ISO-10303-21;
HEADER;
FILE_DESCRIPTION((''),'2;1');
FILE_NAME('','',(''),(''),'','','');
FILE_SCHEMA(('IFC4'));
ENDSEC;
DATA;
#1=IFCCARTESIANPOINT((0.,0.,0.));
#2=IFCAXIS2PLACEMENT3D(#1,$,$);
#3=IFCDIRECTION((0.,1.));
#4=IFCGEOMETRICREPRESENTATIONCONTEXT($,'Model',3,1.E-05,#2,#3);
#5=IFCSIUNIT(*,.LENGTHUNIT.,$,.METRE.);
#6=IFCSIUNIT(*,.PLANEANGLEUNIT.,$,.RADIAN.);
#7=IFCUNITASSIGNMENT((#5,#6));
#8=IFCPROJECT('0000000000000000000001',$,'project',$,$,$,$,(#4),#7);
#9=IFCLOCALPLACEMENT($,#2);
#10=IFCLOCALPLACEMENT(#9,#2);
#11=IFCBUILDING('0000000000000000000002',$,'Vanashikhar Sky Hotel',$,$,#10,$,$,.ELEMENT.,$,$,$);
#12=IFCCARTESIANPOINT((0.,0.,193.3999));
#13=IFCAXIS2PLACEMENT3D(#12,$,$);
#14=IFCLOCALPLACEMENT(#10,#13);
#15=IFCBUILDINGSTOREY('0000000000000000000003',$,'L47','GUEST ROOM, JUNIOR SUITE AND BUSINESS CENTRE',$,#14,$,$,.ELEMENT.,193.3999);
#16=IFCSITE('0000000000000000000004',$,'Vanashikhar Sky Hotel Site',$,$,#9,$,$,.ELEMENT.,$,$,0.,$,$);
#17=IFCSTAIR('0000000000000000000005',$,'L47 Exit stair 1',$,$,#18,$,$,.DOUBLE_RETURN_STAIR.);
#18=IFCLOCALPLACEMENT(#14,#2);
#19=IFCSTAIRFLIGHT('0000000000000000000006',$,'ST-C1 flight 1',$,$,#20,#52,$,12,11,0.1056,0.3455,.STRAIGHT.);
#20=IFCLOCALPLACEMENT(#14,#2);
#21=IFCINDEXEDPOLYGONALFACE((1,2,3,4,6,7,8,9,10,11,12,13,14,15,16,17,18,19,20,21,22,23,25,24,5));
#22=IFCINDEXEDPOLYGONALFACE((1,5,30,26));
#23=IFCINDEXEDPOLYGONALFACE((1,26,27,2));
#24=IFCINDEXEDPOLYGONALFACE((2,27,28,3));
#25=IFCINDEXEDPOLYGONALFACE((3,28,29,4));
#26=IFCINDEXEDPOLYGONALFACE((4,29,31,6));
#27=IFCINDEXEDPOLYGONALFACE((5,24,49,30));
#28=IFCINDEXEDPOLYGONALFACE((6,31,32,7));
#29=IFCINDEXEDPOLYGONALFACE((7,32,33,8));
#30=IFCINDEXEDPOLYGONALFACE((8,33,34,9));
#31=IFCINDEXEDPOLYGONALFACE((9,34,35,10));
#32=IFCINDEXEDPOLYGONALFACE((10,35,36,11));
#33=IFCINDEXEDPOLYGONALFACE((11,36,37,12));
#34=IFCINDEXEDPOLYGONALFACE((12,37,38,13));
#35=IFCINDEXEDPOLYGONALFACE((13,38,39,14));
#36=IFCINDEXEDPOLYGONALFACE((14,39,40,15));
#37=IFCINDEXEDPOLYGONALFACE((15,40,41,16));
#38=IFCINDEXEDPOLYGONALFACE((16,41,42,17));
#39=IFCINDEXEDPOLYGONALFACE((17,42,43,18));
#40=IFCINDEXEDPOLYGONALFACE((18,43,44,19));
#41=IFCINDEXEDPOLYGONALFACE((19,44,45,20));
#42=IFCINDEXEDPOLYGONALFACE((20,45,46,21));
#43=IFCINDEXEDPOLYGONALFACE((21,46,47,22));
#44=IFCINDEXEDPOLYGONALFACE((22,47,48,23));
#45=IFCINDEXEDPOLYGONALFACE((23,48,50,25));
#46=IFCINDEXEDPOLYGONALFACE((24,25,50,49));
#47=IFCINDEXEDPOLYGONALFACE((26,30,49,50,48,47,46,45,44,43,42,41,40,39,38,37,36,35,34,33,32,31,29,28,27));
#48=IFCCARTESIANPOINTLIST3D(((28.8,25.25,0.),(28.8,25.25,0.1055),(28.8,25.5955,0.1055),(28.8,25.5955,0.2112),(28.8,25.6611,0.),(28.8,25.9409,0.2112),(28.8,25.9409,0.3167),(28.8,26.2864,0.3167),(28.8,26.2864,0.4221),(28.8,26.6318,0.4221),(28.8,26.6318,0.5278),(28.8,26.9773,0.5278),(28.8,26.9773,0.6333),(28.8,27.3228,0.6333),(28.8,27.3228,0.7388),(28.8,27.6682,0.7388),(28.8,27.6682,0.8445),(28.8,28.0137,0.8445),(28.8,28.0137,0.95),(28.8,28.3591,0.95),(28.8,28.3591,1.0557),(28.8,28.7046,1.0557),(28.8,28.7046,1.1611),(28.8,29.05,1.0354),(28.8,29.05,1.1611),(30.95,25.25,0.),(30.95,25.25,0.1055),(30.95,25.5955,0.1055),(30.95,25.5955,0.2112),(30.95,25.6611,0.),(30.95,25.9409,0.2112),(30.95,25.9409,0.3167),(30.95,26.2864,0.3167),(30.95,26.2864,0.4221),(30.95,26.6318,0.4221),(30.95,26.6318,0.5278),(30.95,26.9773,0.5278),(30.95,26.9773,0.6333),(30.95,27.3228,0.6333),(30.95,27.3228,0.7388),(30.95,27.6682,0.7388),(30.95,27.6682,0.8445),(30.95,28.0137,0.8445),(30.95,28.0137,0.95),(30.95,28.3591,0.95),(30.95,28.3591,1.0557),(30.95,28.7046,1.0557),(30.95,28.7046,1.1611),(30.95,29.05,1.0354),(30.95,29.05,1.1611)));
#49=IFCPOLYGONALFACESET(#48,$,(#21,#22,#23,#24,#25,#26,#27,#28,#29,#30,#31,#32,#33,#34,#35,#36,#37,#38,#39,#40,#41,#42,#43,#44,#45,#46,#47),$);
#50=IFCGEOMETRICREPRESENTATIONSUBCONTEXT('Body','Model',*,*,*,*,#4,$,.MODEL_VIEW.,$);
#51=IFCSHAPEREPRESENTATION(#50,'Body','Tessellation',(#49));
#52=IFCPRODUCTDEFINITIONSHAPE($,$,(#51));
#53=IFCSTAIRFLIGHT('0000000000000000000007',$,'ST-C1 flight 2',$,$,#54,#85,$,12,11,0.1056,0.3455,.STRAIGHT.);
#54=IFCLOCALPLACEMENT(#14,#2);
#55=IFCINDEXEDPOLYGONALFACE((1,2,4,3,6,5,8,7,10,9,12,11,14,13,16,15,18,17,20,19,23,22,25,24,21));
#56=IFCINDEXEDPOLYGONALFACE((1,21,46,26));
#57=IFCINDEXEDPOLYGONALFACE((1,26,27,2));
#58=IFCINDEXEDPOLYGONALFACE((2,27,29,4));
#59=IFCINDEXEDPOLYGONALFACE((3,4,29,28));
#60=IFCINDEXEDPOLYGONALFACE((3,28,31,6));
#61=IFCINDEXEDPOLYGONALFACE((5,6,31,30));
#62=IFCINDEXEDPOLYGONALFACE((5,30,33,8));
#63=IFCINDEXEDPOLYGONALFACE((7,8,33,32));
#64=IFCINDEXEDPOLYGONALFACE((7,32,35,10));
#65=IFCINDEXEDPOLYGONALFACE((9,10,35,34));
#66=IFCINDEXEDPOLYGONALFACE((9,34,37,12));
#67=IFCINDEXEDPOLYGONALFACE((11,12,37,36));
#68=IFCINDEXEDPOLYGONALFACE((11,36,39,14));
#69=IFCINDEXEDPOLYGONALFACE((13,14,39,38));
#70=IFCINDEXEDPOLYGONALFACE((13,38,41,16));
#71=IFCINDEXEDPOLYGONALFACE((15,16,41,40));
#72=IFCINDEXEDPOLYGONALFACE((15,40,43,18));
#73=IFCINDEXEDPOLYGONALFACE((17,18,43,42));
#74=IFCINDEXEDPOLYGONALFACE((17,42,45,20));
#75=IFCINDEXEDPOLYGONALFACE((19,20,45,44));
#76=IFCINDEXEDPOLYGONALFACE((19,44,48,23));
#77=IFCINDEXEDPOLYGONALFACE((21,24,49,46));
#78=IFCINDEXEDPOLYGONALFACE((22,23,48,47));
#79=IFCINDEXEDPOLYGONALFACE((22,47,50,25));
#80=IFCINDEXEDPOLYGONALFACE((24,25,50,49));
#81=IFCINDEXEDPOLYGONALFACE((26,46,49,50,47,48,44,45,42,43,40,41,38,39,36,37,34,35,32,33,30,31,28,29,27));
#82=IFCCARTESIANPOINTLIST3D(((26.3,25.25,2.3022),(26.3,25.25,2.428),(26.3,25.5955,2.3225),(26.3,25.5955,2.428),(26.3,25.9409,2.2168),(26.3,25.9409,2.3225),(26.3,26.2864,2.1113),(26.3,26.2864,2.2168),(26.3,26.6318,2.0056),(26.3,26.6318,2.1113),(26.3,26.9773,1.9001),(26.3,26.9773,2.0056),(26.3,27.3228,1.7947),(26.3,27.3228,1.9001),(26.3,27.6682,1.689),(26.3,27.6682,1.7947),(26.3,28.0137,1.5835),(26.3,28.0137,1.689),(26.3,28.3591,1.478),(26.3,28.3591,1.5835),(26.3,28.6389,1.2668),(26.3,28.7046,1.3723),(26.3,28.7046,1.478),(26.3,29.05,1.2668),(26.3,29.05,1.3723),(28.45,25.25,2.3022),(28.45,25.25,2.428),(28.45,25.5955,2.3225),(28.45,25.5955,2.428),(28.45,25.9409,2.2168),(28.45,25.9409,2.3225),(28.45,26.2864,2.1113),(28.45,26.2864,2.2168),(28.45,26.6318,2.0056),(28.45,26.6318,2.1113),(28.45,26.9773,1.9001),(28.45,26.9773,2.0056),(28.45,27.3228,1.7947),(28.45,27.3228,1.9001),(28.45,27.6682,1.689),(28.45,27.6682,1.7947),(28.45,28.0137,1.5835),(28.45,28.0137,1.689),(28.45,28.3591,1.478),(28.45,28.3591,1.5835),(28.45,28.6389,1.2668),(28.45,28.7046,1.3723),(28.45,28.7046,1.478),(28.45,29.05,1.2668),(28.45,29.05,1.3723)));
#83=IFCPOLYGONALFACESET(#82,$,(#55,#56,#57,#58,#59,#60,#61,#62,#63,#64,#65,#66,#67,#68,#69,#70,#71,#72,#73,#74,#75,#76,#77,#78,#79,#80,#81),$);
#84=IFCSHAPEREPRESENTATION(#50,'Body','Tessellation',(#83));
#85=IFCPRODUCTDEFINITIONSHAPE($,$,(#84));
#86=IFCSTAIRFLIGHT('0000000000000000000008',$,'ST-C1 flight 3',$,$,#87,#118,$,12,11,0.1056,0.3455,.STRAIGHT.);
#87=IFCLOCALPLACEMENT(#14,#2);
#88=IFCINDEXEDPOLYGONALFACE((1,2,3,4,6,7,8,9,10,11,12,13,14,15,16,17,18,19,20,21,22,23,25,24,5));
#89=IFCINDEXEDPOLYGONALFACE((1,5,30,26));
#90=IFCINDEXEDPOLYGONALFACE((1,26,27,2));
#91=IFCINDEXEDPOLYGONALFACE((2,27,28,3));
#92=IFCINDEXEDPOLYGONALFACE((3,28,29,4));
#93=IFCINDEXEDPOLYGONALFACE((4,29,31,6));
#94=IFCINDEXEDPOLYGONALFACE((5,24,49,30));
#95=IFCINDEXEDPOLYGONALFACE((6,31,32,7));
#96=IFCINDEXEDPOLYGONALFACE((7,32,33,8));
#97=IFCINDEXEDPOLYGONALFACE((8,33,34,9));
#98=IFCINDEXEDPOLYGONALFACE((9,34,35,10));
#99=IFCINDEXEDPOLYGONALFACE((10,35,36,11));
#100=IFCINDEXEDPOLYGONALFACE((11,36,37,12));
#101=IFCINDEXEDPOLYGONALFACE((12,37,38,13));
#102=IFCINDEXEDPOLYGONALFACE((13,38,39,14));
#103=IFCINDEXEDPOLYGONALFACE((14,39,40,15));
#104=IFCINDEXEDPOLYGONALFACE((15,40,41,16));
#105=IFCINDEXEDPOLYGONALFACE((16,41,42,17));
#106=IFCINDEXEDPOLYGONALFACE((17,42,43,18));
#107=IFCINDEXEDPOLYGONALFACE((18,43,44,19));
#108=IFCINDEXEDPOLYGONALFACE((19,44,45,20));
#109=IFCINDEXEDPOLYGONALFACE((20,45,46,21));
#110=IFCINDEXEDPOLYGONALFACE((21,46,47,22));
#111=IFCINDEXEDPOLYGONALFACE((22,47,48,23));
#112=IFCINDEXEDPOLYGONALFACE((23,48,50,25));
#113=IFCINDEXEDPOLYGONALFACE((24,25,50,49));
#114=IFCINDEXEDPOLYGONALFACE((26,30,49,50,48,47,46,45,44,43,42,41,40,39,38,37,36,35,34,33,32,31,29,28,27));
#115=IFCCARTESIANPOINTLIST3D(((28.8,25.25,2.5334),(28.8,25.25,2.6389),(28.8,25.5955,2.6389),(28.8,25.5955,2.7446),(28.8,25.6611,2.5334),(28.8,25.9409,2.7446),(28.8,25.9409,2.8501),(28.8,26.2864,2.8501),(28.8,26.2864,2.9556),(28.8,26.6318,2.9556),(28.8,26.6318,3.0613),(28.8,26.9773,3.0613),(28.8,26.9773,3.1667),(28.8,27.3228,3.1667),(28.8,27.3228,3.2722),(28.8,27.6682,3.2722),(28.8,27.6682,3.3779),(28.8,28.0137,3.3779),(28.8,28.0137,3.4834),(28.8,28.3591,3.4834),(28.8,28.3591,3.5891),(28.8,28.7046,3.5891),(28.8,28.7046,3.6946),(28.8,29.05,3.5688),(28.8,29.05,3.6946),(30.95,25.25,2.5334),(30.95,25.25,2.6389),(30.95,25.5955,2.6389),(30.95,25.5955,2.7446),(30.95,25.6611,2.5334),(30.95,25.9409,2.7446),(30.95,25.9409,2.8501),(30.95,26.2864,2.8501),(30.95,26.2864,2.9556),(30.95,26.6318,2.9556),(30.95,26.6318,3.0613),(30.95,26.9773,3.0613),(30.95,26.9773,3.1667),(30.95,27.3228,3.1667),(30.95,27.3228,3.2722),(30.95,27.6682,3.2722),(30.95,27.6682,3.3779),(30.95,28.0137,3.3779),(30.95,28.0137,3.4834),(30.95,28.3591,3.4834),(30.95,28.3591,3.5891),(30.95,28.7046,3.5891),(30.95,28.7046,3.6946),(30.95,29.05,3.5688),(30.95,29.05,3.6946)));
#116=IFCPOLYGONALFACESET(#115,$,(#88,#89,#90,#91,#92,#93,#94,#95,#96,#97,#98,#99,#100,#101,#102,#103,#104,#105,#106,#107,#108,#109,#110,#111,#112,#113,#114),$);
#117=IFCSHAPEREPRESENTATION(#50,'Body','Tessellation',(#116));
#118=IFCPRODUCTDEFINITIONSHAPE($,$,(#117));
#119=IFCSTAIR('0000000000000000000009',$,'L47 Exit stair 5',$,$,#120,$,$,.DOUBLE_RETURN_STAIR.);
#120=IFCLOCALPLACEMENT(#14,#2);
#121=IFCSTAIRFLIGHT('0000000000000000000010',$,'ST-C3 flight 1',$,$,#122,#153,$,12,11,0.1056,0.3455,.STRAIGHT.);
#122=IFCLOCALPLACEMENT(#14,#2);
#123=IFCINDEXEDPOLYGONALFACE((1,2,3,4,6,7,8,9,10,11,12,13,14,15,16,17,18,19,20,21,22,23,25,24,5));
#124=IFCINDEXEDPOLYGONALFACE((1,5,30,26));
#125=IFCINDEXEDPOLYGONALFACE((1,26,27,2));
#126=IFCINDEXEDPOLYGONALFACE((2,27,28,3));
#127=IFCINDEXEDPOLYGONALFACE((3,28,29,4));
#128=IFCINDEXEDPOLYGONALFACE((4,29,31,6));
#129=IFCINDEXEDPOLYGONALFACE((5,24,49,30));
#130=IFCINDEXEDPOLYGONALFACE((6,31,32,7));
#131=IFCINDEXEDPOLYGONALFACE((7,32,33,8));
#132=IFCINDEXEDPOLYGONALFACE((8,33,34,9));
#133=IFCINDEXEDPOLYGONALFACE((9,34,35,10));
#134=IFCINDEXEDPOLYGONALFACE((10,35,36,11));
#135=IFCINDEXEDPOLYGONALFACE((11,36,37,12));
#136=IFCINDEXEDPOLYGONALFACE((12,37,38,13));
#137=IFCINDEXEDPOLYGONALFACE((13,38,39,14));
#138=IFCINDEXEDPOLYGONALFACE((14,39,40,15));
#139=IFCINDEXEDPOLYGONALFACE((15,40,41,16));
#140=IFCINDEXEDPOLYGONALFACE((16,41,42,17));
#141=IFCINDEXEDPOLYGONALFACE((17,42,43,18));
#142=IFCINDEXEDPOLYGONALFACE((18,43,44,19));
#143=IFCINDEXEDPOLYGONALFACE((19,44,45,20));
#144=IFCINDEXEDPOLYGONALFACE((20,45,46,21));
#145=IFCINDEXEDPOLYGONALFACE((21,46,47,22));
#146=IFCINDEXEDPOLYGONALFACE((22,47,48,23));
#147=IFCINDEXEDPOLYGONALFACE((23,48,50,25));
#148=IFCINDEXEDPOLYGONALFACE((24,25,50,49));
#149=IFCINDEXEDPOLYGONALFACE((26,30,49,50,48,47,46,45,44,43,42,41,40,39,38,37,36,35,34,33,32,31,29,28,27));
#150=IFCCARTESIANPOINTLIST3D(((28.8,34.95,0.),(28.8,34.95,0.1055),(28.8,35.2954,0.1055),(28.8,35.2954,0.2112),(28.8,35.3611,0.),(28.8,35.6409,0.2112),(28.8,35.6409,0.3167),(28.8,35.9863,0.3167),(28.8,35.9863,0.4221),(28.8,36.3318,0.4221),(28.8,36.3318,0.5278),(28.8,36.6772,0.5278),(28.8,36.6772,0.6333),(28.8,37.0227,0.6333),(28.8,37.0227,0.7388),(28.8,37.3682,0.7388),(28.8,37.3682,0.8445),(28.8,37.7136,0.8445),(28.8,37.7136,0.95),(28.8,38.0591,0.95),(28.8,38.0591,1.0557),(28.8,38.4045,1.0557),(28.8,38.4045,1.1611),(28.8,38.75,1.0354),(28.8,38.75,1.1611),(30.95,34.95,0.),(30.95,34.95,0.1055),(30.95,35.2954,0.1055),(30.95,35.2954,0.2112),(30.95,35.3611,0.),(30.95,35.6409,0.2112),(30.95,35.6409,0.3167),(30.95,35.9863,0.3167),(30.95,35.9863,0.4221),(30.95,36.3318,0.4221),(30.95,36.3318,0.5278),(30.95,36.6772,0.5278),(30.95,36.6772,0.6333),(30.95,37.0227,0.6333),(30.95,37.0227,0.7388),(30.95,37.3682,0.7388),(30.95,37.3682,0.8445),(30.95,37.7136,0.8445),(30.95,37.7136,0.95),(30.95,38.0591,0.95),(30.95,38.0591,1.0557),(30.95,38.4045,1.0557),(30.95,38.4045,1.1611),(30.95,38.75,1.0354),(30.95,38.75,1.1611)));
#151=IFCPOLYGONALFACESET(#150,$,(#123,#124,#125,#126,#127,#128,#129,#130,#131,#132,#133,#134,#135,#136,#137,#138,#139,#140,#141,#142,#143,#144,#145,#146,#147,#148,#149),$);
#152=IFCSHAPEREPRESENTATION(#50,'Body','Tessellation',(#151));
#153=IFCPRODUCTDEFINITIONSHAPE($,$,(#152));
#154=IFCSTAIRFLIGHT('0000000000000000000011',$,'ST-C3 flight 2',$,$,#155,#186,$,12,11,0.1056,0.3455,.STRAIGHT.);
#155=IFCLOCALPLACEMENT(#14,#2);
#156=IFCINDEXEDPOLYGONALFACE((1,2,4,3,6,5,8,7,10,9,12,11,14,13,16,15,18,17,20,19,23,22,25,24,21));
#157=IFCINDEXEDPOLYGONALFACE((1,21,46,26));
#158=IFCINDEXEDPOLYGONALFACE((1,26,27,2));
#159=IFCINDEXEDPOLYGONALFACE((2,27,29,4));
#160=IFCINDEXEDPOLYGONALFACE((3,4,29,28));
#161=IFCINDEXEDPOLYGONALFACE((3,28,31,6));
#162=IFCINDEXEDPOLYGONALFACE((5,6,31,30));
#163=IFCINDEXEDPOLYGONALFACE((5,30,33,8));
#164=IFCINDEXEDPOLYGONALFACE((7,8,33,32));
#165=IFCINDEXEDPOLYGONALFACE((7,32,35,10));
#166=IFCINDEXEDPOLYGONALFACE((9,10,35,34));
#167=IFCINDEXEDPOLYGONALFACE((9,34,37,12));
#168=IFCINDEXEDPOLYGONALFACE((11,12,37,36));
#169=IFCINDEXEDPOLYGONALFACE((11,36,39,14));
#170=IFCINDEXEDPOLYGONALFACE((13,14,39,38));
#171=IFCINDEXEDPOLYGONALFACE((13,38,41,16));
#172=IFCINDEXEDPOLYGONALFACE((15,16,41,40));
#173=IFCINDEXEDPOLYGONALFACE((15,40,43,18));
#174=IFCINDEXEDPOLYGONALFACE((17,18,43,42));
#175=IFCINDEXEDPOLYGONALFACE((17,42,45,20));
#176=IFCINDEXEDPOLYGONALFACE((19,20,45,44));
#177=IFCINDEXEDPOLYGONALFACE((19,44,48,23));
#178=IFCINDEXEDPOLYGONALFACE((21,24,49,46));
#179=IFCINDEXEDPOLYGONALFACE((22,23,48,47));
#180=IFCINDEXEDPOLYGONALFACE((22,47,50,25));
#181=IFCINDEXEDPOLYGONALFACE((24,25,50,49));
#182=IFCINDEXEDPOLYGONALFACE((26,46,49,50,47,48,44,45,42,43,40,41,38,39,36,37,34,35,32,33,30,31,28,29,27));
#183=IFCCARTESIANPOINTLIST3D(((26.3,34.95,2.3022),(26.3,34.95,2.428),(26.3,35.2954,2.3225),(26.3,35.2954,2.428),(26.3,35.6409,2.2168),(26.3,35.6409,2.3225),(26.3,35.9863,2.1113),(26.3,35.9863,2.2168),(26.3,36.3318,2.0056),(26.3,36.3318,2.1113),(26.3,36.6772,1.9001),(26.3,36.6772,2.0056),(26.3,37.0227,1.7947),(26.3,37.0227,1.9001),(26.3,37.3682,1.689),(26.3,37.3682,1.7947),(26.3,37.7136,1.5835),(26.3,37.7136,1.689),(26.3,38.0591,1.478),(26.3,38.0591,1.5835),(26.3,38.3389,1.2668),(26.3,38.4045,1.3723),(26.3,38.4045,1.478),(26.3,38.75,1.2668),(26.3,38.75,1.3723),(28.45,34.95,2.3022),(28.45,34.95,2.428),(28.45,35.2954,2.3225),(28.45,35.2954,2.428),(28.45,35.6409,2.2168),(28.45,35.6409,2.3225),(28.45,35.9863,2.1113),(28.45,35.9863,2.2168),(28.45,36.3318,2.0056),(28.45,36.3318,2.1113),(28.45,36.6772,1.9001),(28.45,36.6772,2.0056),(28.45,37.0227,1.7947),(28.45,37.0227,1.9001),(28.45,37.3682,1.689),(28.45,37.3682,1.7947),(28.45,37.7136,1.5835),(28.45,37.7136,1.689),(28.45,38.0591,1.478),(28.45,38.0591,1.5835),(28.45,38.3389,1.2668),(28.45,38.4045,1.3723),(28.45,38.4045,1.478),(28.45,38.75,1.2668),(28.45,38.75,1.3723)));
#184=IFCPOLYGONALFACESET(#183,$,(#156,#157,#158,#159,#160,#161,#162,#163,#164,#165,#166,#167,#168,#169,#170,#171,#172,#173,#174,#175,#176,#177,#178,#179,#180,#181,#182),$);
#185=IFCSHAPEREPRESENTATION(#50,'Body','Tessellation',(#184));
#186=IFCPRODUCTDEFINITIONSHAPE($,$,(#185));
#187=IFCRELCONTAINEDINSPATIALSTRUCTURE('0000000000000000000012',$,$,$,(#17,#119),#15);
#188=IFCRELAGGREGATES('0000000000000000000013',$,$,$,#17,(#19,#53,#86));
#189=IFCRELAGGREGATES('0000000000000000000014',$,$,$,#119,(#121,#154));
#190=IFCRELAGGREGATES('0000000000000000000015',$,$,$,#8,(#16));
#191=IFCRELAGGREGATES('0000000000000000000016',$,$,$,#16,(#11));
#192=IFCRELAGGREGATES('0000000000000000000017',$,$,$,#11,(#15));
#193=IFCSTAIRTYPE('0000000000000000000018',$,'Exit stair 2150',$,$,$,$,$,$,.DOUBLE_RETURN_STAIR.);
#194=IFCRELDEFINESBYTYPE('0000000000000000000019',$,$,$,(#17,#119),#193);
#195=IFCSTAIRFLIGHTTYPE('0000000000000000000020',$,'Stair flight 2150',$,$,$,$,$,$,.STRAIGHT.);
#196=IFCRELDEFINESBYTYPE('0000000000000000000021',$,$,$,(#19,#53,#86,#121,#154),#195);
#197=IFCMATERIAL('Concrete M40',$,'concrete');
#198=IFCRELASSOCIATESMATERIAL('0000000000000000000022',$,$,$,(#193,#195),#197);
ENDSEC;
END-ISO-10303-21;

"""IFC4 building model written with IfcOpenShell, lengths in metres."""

from ifc_helpers import new_model, si_unit, direction, frame, origin, place, context, subcontext, project, spatial, polyline, outline, extrude, source, transform, mapped, material, type_object, element, aggregate, save


model = new_model("IFC4")

# Units and contexts
model_context = context("Model", 3, precision=1e-05, world=origin(), true_north=direction((0.0, 1.0)))
body_context = subcontext(model_context, "Body", "Model", "MODEL_VIEW")
ifc_project = project(units=[si_unit("LENGTHUNIT", "METRE"), si_unit("PLANEANGLEUNIT", "RADIAN")], contexts=[model_context])

# Site, building, storey
site_placement = place(None, origin())
site = spatial("IfcSite", under=ifc_project, at=site_placement, Name="Vanashikhar Sky Hotel Site", CompositionType="ELEMENT", RefElevation=0.0)
building_placement = place(site_placement, origin())
building = spatial("IfcBuilding", under=site, at=building_placement, Name="Vanashikhar Sky Hotel", CompositionType="ELEMENT")
storey_placement = place(building_placement, frame((0.0, 0.0, 193.3999)))
storey = spatial("IfcBuildingStorey", under=building, at=storey_placement, Name="L47", Description="GUEST ROOM, JUNIOR SUITE AND BUSINESS CENTRE", CompositionType="ELEMENT", Elevation=193.3999)

# Stairs, stair flights
ifc_material_1 = material(Name="Concrete M40", Category="concrete")
stair_type = type_object("IfcStairType", Name="Exit stair 2150", PredefinedType="DOUBLE_RETURN_STAIR", material=ifc_material_1)
stair_1_placement = place(storey_placement, origin())
stair_1 = element("IfcStair", 1, at=stair_1_placement, inside=storey, type_object=stair_type, Name="L47 Exit stair 1", PredefinedType="DOUBLE_RETURN_STAIR")
stair_flight_type = type_object("IfcStairFlightType", Name="Stair flight 2150", PredefinedType="STRAIGHT", material=ifc_material_1)
shared_shape_1 = source(origin(), body_context, "Body", "SweptSolid", [
    extrude(outline(polyline([(0.0, 0.0), (0.0, 0.1055), (0.3455, 0.1055), (0.3455, 0.2112), (0.6909, 0.2112), (0.6909, 0.3167), (1.0364, 0.3167), (1.0364, 0.4221), (1.3818, 0.4221), (1.3818, 0.5278), (1.7273, 0.5278), (1.7273, 0.6333), (2.0728, 0.6333), (2.0728, 0.7388), (2.4182, 0.7388), (2.4182, 0.8445), (2.7637, 0.8445), (2.7637, 0.95), (3.1091, 0.95), (3.1091, 1.0557), (3.4546, 1.0557), (3.4546, 1.1611), (3.8, 1.1611), (3.8, 1.2666), (3.8, 1.0354), (0.4111, 0.0), (0.0, 0.0)])), frame((0.0, 1.075, 0.0), z_axis=(0.0, -1.0, 0.0), x_axis=(1.0, 0.0, 0.0)), (0.0, 0.0, 1.0), 2.1499),
])
stair_flight_1_placement = place(storey_placement, frame((29.875, 25.25, 0.0), z_axis=(0.0, 0.0, 1.0), x_axis=(0.0, 1.0, 0.0)))
stair_flight_1 = element("IfcStairFlight", 2, at=stair_flight_1_placement, type_object=stair_flight_type, Name="ST-C1 flight 1", NumberOfRisers=12, NumberOfTreads=11, PredefinedType="STRAIGHT", RiserHeight=0.1056, TreadLength=0.3455, context=body_context, shape_type="MappedRepresentation", body=[
    mapped(shared_shape_1, transform((0.0, 0.0, 0.0), scale=1.0)),
])
stair_flight_2_placement = place(storey_placement, frame((27.375, 29.05, 1.2668), z_axis=(0.0, 0.0, 1.0), x_axis=(0.0, -1.0, 0.0)))
stair_flight_2 = element("IfcStairFlight", 3, at=stair_flight_2_placement, type_object=stair_flight_type, Name="ST-C1 flight 2", NumberOfRisers=12, NumberOfTreads=11, PredefinedType="STRAIGHT", RiserHeight=0.1056, TreadLength=0.3455, context=body_context, shape_type="MappedRepresentation", body=[
    mapped(shared_shape_1, transform((0.0, 0.0, 0.0), scale=1.0)),
])
stair_flight_3_placement = place(storey_placement, frame((29.875, 25.25, 2.5334), z_axis=(0.0, 0.0, 1.0), x_axis=(0.0, 1.0, 0.0)))
stair_flight_3 = element("IfcStairFlight", 4, at=stair_flight_3_placement, type_object=stair_flight_type, Name="ST-C1 flight 3", NumberOfRisers=12, NumberOfTreads=11, PredefinedType="STRAIGHT", RiserHeight=0.1056, TreadLength=0.3455, context=body_context, shape_type="MappedRepresentation", body=[
    mapped(shared_shape_1, transform((0.0, 0.0, 0.0), scale=1.0)),
])
aggregate(stair_1, [stair_flight_1, stair_flight_2, stair_flight_3])
stair_2_placement = place(storey_placement, origin())
stair_2 = element("IfcStair", 5, at=stair_2_placement, inside=storey, type_object=stair_type, Name="L47 Exit stair 5", PredefinedType="DOUBLE_RETURN_STAIR")
stair_flight_4_placement = place(storey_placement, frame((29.875, 34.95, 0.0), z_axis=(0.0, 0.0, 1.0), x_axis=(0.0, 1.0, 0.0)))
stair_flight_4 = element("IfcStairFlight", 6, at=stair_flight_4_placement, type_object=stair_flight_type, Name="ST-C3 flight 1", NumberOfRisers=12, NumberOfTreads=11, PredefinedType="STRAIGHT", RiserHeight=0.1056, TreadLength=0.3455, context=body_context, shape_type="MappedRepresentation", body=[
    mapped(shared_shape_1, transform((0.0, 0.0, 0.0), scale=1.0)),
])
stair_flight_5_placement = place(storey_placement, frame((27.375, 38.75, 1.2668), z_axis=(0.0, 0.0, 1.0), x_axis=(0.0, -1.0, 0.0)))
stair_flight_5 = element("IfcStairFlight", 7, at=stair_flight_5_placement, type_object=stair_flight_type, Name="ST-C3 flight 2", NumberOfRisers=12, NumberOfTreads=11, PredefinedType="STRAIGHT", RiserHeight=0.1056, TreadLength=0.3455, context=body_context, shape_type="MappedRepresentation", body=[
    mapped(shared_shape_1, transform((0.0, 0.0, 0.0), scale=1.0)),
])
aggregate(stair_2, [stair_flight_4, stair_flight_5])

save(model, "model.ifc")
